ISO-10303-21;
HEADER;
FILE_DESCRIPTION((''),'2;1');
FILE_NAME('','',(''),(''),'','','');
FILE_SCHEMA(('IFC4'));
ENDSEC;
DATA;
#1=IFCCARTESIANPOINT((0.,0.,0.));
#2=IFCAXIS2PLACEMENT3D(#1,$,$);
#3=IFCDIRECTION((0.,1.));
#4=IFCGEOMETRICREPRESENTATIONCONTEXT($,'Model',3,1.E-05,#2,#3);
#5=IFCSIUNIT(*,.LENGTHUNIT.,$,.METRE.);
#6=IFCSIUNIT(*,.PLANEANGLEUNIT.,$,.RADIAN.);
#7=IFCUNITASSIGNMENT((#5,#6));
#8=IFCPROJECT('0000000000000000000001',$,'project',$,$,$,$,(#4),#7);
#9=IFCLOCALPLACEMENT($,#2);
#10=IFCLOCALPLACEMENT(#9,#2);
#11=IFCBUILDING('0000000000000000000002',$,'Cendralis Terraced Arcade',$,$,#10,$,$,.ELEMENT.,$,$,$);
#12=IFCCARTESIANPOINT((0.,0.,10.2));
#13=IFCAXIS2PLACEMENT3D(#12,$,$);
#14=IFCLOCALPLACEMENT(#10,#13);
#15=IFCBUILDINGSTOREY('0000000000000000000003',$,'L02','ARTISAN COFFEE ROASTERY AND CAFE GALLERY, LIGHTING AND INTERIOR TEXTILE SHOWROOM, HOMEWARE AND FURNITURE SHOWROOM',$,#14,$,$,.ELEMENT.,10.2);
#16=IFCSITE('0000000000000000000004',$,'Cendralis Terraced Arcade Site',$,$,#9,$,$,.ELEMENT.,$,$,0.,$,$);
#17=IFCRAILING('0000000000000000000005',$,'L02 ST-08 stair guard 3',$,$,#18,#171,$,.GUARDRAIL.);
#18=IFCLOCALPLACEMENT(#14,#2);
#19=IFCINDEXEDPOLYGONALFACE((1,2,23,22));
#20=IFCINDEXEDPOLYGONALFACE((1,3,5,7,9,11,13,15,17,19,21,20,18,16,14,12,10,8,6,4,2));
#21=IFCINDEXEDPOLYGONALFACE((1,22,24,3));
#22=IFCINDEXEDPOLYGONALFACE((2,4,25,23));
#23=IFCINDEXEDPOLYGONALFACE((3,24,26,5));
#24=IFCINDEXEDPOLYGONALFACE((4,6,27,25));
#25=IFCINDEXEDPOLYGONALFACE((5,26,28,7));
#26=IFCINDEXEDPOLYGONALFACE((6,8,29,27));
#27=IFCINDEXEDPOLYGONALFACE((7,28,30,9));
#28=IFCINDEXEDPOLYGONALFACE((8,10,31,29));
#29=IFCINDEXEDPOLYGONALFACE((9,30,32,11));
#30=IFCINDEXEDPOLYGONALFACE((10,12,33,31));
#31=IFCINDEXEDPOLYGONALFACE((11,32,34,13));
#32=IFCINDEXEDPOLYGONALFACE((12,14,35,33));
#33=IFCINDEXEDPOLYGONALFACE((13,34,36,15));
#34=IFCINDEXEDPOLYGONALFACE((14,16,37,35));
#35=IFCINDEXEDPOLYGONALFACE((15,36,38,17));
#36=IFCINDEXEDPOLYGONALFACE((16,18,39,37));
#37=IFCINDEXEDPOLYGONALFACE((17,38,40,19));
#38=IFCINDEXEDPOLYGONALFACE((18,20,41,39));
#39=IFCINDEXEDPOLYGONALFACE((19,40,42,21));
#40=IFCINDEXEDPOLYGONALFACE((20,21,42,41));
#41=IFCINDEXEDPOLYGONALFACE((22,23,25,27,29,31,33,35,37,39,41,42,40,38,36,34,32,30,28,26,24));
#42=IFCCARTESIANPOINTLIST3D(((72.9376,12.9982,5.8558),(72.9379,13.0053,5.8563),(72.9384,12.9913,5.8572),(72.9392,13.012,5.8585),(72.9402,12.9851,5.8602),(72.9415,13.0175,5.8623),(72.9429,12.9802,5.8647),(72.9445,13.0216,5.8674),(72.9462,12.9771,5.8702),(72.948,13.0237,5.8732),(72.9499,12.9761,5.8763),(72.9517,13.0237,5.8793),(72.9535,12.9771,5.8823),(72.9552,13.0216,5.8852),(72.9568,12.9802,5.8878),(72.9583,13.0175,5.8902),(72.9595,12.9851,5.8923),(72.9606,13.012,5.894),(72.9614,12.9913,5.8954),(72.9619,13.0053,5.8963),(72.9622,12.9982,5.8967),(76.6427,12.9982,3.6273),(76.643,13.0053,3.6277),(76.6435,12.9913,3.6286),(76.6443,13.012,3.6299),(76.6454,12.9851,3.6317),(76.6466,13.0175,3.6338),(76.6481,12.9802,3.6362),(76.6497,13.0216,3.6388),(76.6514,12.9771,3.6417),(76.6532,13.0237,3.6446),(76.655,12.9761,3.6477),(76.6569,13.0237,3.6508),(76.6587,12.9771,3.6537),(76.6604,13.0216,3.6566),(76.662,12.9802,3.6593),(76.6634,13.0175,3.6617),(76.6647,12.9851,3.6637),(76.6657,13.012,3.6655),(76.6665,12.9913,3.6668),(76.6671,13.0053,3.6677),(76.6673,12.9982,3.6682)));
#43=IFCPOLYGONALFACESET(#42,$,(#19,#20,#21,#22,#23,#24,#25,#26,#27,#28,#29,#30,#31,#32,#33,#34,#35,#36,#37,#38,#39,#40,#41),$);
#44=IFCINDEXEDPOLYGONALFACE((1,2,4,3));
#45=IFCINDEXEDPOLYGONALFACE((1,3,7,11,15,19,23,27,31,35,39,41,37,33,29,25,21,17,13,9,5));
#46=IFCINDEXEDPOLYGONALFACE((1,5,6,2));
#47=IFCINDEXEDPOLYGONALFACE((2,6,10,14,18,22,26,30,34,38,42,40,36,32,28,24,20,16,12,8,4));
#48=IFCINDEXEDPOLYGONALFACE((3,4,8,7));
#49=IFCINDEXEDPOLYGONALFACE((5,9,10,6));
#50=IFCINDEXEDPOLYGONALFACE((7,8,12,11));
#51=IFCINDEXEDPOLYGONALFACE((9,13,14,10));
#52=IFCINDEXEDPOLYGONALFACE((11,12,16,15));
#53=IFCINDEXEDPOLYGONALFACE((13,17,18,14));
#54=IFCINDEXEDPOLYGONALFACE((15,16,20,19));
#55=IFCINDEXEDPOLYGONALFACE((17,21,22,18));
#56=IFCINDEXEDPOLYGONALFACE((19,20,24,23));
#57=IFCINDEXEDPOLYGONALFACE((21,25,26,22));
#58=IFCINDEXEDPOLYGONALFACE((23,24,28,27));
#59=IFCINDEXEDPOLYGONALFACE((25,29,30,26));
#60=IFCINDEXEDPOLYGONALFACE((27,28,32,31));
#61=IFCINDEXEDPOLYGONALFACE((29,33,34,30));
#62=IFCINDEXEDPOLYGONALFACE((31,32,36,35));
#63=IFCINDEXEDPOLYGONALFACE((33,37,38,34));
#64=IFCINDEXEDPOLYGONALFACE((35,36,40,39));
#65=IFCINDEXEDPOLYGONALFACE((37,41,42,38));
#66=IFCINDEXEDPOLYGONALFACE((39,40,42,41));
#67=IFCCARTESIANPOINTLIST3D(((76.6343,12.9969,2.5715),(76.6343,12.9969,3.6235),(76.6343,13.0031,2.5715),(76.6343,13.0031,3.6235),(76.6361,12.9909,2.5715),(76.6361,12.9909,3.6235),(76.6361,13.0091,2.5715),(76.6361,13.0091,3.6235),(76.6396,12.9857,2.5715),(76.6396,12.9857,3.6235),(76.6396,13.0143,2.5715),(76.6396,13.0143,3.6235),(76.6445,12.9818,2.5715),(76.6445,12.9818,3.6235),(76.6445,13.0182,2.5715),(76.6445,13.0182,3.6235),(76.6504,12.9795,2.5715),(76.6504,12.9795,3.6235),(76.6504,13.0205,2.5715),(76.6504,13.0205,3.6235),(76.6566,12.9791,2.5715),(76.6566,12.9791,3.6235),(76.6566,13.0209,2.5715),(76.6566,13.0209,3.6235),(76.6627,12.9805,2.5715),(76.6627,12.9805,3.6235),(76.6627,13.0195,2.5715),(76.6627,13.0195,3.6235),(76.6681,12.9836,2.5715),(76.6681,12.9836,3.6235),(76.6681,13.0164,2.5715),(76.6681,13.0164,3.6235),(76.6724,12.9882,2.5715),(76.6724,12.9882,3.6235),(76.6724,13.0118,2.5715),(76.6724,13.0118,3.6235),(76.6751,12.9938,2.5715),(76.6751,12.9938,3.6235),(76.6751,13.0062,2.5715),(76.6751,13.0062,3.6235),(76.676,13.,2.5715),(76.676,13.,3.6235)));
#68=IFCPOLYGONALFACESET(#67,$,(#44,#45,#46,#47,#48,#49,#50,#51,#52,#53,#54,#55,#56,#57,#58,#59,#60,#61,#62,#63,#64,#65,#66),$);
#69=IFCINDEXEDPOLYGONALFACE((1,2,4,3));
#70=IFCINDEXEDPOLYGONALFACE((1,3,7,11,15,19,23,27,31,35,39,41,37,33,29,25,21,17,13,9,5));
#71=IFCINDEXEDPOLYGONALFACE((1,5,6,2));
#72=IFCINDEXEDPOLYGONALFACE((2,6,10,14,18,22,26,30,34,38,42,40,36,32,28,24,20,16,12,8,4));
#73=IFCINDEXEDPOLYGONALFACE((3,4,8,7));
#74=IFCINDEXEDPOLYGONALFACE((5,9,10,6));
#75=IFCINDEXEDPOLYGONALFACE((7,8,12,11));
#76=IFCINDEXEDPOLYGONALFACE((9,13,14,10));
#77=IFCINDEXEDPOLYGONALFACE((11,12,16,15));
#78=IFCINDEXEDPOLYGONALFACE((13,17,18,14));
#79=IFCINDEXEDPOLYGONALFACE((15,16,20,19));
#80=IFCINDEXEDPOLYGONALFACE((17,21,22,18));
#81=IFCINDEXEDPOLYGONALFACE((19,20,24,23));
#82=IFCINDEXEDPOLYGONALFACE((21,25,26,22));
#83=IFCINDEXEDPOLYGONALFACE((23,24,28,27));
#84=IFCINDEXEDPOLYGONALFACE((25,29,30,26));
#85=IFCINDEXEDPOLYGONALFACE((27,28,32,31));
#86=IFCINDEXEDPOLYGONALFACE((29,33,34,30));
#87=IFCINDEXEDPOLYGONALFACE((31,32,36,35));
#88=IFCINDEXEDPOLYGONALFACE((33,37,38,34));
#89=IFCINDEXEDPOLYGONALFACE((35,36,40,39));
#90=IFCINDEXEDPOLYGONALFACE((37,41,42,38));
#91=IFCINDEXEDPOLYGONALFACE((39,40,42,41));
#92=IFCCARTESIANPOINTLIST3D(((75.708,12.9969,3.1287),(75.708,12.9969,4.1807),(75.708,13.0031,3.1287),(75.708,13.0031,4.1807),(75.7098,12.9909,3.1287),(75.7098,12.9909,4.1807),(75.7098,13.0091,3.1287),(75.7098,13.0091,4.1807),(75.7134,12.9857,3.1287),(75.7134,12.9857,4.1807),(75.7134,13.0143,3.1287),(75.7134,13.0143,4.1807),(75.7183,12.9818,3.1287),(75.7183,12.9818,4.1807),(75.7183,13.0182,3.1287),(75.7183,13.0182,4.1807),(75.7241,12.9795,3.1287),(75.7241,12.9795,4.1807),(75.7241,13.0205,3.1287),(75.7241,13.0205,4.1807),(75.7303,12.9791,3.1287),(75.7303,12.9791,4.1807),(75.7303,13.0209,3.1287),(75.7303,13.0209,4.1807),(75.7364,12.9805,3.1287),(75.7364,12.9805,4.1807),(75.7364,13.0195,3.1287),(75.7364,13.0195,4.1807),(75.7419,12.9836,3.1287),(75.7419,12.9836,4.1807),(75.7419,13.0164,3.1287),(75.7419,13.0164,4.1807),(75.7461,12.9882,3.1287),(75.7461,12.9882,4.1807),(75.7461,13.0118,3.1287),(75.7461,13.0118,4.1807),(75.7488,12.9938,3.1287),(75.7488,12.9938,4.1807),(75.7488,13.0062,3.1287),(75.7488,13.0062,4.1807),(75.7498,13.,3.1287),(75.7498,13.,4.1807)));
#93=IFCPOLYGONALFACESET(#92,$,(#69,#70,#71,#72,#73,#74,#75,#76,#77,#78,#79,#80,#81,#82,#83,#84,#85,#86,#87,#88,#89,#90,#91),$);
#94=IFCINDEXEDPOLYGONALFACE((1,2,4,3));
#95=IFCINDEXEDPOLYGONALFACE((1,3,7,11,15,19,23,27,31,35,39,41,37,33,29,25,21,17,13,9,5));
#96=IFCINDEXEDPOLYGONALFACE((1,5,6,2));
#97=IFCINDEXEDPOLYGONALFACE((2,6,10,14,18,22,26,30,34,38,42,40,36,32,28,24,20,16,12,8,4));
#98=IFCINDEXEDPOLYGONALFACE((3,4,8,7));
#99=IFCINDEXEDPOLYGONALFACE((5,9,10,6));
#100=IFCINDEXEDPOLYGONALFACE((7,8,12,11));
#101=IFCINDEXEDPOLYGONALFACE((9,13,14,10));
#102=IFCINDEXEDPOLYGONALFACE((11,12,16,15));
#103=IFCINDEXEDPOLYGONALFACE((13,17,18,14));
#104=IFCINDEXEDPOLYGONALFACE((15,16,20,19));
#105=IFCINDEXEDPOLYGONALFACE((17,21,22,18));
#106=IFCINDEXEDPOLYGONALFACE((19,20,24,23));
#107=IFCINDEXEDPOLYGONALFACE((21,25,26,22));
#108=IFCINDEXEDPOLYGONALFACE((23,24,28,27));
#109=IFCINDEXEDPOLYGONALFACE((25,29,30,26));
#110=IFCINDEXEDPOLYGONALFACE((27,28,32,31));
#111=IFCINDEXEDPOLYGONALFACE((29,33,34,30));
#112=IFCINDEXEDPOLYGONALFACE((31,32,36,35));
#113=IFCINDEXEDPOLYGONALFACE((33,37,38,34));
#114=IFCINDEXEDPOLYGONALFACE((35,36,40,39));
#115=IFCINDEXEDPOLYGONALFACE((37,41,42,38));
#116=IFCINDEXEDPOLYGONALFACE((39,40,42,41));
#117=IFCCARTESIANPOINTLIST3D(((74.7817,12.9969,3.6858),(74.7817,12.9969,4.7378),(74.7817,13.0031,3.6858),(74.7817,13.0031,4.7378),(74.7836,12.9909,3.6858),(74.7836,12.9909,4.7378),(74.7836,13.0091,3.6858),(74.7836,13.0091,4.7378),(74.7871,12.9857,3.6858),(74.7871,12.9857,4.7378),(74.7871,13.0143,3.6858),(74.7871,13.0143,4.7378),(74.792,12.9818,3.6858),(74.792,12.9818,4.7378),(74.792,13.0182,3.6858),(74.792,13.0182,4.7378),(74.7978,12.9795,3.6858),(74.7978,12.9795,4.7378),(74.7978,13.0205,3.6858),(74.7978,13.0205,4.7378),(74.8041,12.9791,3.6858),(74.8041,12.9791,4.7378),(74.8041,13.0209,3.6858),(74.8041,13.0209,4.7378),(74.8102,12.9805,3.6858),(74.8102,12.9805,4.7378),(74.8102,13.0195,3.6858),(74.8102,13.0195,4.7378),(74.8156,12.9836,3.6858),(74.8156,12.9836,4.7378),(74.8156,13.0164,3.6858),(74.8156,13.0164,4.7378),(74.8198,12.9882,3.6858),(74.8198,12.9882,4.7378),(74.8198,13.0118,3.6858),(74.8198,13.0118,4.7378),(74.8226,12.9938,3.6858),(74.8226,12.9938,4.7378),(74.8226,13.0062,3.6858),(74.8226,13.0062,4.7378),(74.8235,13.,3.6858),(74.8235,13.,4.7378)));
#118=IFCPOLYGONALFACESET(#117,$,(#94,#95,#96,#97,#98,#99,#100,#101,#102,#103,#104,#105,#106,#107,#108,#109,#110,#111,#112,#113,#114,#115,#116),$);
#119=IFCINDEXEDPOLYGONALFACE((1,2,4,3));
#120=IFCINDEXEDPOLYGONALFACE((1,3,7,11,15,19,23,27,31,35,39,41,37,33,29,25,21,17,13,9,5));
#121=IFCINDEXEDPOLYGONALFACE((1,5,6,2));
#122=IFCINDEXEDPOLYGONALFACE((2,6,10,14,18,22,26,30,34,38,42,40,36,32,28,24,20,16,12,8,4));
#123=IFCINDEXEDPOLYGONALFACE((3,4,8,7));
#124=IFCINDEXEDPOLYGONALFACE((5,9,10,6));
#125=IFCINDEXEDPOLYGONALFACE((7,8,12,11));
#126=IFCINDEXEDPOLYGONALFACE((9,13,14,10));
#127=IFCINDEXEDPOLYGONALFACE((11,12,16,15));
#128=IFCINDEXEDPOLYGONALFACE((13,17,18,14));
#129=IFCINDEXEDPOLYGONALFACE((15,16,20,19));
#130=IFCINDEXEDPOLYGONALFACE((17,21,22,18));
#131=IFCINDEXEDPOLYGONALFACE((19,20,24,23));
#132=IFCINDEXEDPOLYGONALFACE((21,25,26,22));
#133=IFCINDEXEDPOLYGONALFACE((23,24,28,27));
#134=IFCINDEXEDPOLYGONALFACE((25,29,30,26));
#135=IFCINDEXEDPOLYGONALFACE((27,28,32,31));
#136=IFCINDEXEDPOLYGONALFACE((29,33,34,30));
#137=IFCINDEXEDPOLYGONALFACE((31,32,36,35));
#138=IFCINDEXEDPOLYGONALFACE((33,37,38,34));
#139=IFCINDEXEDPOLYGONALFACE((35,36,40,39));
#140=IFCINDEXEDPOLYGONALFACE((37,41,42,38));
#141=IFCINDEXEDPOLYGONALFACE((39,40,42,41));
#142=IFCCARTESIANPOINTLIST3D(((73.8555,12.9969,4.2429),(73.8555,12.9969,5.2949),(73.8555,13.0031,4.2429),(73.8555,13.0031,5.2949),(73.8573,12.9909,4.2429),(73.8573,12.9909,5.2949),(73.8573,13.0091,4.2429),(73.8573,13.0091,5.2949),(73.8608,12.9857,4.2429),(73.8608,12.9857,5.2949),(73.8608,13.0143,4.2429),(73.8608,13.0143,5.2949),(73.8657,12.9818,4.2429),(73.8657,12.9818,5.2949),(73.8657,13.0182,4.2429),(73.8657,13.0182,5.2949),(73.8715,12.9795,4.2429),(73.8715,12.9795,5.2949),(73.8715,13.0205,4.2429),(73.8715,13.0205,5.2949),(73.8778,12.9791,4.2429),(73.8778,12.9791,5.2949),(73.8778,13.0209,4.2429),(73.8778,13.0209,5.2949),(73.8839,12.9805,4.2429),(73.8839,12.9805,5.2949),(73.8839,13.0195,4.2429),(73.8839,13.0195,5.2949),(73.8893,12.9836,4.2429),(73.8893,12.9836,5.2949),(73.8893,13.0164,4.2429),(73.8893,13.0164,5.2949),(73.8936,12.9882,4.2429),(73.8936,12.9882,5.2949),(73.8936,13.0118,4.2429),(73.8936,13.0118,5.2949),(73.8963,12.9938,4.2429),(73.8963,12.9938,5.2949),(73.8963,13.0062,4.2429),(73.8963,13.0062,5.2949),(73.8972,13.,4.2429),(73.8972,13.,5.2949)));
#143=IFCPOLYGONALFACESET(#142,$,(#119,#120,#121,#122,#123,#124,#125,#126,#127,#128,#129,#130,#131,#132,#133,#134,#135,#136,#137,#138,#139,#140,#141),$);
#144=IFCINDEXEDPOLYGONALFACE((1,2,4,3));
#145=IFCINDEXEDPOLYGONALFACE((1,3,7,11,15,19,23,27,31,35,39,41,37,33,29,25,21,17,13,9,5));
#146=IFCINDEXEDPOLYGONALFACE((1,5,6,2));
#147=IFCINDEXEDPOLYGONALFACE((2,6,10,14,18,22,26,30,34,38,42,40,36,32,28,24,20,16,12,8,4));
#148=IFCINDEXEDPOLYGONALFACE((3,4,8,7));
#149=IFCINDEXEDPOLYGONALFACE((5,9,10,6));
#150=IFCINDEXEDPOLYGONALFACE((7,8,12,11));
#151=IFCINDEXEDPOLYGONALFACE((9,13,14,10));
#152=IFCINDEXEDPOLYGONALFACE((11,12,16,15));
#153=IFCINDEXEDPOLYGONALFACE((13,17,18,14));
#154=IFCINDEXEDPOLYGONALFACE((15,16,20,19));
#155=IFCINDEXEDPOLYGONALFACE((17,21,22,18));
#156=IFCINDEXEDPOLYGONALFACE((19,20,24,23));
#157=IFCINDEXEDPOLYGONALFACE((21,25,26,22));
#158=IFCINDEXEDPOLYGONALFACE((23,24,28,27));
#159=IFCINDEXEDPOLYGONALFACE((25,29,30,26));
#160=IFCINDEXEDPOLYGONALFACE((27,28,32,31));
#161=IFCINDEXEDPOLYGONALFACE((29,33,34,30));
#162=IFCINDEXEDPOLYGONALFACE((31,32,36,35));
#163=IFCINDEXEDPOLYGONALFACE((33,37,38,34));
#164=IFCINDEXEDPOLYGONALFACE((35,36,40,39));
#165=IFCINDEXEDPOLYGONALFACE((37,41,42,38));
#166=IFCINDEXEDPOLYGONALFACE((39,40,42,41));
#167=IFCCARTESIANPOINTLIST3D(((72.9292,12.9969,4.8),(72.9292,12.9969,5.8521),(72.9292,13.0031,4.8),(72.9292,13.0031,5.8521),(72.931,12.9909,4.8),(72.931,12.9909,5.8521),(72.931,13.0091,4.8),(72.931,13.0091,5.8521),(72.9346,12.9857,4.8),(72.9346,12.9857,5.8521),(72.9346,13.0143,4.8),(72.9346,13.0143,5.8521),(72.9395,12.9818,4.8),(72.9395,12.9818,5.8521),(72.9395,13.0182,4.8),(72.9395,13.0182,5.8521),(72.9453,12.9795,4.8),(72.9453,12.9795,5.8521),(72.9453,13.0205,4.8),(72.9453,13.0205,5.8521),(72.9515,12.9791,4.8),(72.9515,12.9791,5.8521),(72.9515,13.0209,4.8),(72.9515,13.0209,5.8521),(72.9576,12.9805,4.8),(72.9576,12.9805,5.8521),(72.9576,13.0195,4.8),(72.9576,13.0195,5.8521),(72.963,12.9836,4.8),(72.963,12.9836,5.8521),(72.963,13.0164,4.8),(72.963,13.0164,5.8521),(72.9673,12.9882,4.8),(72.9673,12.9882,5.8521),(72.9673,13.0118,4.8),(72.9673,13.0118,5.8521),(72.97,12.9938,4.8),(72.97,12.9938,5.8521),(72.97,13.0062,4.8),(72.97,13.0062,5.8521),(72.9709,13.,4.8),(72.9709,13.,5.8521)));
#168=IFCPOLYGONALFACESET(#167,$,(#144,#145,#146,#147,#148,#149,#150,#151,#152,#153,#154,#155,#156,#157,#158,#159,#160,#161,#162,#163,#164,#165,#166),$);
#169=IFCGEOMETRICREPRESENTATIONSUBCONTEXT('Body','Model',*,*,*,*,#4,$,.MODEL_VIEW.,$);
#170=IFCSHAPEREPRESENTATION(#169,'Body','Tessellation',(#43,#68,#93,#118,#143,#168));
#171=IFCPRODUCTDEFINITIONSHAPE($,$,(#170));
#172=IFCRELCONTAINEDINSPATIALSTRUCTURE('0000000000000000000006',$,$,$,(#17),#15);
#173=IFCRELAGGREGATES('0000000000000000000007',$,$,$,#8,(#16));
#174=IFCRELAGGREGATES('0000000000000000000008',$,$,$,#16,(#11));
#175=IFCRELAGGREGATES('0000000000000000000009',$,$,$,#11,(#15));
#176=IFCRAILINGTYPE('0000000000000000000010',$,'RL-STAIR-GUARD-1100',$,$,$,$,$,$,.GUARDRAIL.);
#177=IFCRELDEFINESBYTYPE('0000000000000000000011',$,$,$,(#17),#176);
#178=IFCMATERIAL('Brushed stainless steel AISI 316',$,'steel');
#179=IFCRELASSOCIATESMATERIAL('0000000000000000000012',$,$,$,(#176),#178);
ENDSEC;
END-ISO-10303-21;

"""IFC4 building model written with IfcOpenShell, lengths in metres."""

from ifc_helpers import new_model, si_unit, direction, frame, origin, origin_2d, place, context, subcontext, project, spatial, circle, extrude, material, type_object, element, save


model = new_model("IFC4")

# Units and contexts
model_context = context("Model", 3, precision=1e-05, world=origin(), true_north=direction((0.0, 1.0)))
body_context = subcontext(model_context, "Body", "Model", "MODEL_VIEW")
ifc_project = project(units=[si_unit("LENGTHUNIT", "METRE"), si_unit("PLANEANGLEUNIT", "RADIAN")], contexts=[model_context])

# Site, building, storey
site_placement = place(None, origin())
site = spatial("IfcSite", under=ifc_project, at=site_placement, Name="Cendralis Terraced Arcade Site", CompositionType="ELEMENT", RefElevation=0.0)
building_placement = place(site_placement, origin())
building = spatial("IfcBuilding", under=site, at=building_placement, Name="Cendralis Terraced Arcade", CompositionType="ELEMENT")
storey_placement = place(building_placement, frame((0.0, 0.0, 10.2)))
storey = spatial("IfcBuildingStorey", under=building, at=storey_placement, Name="L02", Description="ARTISAN COFFEE ROASTERY AND CAFE GALLERY, LIGHTING AND INTERIOR TEXTILE SHOWROOM, HOMEWARE AND FURNITURE SHOWROOM", CompositionType="ELEMENT", Elevation=10.2)

# Railing
ifc_material_1 = material(Name="Brushed stainless steel AISI 316", Category="steel")
railing_type_1 = type_object("IfcRailingType", Name="RL-STAIR-GUARD-1100", PredefinedType="GUARDRAIL", material=ifc_material_1)
railing_1_placement = place(storey_placement, frame((76.655, 13.0, 2.5715)))
element("IfcRailing", 1, at=railing_1_placement, inside=storey, type_object=railing_type_1, Name="L02 ST-08 stair guard 3", PredefinedType="GUARDRAIL", context=body_context, shape_type="SweptSolid", body=[
    extrude(circle(Radius=0.0239, at=origin_2d()), frame((0.0, 0.0, 1.0762), z_axis=(-0.856934, 0.0, 0.515425), x_axis=(0.0, -1.0, 0.0)), (0.0, 0.0, 1.0), 4.3237),
    extrude(circle(Radius=0.021, at=origin_2d()), origin(), (0.0, 0.0, 1.0), 1.052),
    extrude(circle(Radius=0.021, at=origin_2d()), frame((-0.9263, 0.0, 0.5571)), (0.0, 0.0, 1.0), 1.052),
    extrude(circle(Radius=0.021, at=origin_2d()), frame((-1.8525, 0.0, 1.1143)), (0.0, 0.0, 1.0), 1.052),
    extrude(circle(Radius=0.021, at=origin_2d()), frame((-2.7788, 0.0, 1.6714)), (0.0, 0.0, 1.0), 1.052),
    extrude(circle(Radius=0.021, at=origin_2d()), frame((-3.7051, 0.0, 2.2285)), (0.0, 0.0, 1.0), 1.052),
])

save(model, "model.ifc")
